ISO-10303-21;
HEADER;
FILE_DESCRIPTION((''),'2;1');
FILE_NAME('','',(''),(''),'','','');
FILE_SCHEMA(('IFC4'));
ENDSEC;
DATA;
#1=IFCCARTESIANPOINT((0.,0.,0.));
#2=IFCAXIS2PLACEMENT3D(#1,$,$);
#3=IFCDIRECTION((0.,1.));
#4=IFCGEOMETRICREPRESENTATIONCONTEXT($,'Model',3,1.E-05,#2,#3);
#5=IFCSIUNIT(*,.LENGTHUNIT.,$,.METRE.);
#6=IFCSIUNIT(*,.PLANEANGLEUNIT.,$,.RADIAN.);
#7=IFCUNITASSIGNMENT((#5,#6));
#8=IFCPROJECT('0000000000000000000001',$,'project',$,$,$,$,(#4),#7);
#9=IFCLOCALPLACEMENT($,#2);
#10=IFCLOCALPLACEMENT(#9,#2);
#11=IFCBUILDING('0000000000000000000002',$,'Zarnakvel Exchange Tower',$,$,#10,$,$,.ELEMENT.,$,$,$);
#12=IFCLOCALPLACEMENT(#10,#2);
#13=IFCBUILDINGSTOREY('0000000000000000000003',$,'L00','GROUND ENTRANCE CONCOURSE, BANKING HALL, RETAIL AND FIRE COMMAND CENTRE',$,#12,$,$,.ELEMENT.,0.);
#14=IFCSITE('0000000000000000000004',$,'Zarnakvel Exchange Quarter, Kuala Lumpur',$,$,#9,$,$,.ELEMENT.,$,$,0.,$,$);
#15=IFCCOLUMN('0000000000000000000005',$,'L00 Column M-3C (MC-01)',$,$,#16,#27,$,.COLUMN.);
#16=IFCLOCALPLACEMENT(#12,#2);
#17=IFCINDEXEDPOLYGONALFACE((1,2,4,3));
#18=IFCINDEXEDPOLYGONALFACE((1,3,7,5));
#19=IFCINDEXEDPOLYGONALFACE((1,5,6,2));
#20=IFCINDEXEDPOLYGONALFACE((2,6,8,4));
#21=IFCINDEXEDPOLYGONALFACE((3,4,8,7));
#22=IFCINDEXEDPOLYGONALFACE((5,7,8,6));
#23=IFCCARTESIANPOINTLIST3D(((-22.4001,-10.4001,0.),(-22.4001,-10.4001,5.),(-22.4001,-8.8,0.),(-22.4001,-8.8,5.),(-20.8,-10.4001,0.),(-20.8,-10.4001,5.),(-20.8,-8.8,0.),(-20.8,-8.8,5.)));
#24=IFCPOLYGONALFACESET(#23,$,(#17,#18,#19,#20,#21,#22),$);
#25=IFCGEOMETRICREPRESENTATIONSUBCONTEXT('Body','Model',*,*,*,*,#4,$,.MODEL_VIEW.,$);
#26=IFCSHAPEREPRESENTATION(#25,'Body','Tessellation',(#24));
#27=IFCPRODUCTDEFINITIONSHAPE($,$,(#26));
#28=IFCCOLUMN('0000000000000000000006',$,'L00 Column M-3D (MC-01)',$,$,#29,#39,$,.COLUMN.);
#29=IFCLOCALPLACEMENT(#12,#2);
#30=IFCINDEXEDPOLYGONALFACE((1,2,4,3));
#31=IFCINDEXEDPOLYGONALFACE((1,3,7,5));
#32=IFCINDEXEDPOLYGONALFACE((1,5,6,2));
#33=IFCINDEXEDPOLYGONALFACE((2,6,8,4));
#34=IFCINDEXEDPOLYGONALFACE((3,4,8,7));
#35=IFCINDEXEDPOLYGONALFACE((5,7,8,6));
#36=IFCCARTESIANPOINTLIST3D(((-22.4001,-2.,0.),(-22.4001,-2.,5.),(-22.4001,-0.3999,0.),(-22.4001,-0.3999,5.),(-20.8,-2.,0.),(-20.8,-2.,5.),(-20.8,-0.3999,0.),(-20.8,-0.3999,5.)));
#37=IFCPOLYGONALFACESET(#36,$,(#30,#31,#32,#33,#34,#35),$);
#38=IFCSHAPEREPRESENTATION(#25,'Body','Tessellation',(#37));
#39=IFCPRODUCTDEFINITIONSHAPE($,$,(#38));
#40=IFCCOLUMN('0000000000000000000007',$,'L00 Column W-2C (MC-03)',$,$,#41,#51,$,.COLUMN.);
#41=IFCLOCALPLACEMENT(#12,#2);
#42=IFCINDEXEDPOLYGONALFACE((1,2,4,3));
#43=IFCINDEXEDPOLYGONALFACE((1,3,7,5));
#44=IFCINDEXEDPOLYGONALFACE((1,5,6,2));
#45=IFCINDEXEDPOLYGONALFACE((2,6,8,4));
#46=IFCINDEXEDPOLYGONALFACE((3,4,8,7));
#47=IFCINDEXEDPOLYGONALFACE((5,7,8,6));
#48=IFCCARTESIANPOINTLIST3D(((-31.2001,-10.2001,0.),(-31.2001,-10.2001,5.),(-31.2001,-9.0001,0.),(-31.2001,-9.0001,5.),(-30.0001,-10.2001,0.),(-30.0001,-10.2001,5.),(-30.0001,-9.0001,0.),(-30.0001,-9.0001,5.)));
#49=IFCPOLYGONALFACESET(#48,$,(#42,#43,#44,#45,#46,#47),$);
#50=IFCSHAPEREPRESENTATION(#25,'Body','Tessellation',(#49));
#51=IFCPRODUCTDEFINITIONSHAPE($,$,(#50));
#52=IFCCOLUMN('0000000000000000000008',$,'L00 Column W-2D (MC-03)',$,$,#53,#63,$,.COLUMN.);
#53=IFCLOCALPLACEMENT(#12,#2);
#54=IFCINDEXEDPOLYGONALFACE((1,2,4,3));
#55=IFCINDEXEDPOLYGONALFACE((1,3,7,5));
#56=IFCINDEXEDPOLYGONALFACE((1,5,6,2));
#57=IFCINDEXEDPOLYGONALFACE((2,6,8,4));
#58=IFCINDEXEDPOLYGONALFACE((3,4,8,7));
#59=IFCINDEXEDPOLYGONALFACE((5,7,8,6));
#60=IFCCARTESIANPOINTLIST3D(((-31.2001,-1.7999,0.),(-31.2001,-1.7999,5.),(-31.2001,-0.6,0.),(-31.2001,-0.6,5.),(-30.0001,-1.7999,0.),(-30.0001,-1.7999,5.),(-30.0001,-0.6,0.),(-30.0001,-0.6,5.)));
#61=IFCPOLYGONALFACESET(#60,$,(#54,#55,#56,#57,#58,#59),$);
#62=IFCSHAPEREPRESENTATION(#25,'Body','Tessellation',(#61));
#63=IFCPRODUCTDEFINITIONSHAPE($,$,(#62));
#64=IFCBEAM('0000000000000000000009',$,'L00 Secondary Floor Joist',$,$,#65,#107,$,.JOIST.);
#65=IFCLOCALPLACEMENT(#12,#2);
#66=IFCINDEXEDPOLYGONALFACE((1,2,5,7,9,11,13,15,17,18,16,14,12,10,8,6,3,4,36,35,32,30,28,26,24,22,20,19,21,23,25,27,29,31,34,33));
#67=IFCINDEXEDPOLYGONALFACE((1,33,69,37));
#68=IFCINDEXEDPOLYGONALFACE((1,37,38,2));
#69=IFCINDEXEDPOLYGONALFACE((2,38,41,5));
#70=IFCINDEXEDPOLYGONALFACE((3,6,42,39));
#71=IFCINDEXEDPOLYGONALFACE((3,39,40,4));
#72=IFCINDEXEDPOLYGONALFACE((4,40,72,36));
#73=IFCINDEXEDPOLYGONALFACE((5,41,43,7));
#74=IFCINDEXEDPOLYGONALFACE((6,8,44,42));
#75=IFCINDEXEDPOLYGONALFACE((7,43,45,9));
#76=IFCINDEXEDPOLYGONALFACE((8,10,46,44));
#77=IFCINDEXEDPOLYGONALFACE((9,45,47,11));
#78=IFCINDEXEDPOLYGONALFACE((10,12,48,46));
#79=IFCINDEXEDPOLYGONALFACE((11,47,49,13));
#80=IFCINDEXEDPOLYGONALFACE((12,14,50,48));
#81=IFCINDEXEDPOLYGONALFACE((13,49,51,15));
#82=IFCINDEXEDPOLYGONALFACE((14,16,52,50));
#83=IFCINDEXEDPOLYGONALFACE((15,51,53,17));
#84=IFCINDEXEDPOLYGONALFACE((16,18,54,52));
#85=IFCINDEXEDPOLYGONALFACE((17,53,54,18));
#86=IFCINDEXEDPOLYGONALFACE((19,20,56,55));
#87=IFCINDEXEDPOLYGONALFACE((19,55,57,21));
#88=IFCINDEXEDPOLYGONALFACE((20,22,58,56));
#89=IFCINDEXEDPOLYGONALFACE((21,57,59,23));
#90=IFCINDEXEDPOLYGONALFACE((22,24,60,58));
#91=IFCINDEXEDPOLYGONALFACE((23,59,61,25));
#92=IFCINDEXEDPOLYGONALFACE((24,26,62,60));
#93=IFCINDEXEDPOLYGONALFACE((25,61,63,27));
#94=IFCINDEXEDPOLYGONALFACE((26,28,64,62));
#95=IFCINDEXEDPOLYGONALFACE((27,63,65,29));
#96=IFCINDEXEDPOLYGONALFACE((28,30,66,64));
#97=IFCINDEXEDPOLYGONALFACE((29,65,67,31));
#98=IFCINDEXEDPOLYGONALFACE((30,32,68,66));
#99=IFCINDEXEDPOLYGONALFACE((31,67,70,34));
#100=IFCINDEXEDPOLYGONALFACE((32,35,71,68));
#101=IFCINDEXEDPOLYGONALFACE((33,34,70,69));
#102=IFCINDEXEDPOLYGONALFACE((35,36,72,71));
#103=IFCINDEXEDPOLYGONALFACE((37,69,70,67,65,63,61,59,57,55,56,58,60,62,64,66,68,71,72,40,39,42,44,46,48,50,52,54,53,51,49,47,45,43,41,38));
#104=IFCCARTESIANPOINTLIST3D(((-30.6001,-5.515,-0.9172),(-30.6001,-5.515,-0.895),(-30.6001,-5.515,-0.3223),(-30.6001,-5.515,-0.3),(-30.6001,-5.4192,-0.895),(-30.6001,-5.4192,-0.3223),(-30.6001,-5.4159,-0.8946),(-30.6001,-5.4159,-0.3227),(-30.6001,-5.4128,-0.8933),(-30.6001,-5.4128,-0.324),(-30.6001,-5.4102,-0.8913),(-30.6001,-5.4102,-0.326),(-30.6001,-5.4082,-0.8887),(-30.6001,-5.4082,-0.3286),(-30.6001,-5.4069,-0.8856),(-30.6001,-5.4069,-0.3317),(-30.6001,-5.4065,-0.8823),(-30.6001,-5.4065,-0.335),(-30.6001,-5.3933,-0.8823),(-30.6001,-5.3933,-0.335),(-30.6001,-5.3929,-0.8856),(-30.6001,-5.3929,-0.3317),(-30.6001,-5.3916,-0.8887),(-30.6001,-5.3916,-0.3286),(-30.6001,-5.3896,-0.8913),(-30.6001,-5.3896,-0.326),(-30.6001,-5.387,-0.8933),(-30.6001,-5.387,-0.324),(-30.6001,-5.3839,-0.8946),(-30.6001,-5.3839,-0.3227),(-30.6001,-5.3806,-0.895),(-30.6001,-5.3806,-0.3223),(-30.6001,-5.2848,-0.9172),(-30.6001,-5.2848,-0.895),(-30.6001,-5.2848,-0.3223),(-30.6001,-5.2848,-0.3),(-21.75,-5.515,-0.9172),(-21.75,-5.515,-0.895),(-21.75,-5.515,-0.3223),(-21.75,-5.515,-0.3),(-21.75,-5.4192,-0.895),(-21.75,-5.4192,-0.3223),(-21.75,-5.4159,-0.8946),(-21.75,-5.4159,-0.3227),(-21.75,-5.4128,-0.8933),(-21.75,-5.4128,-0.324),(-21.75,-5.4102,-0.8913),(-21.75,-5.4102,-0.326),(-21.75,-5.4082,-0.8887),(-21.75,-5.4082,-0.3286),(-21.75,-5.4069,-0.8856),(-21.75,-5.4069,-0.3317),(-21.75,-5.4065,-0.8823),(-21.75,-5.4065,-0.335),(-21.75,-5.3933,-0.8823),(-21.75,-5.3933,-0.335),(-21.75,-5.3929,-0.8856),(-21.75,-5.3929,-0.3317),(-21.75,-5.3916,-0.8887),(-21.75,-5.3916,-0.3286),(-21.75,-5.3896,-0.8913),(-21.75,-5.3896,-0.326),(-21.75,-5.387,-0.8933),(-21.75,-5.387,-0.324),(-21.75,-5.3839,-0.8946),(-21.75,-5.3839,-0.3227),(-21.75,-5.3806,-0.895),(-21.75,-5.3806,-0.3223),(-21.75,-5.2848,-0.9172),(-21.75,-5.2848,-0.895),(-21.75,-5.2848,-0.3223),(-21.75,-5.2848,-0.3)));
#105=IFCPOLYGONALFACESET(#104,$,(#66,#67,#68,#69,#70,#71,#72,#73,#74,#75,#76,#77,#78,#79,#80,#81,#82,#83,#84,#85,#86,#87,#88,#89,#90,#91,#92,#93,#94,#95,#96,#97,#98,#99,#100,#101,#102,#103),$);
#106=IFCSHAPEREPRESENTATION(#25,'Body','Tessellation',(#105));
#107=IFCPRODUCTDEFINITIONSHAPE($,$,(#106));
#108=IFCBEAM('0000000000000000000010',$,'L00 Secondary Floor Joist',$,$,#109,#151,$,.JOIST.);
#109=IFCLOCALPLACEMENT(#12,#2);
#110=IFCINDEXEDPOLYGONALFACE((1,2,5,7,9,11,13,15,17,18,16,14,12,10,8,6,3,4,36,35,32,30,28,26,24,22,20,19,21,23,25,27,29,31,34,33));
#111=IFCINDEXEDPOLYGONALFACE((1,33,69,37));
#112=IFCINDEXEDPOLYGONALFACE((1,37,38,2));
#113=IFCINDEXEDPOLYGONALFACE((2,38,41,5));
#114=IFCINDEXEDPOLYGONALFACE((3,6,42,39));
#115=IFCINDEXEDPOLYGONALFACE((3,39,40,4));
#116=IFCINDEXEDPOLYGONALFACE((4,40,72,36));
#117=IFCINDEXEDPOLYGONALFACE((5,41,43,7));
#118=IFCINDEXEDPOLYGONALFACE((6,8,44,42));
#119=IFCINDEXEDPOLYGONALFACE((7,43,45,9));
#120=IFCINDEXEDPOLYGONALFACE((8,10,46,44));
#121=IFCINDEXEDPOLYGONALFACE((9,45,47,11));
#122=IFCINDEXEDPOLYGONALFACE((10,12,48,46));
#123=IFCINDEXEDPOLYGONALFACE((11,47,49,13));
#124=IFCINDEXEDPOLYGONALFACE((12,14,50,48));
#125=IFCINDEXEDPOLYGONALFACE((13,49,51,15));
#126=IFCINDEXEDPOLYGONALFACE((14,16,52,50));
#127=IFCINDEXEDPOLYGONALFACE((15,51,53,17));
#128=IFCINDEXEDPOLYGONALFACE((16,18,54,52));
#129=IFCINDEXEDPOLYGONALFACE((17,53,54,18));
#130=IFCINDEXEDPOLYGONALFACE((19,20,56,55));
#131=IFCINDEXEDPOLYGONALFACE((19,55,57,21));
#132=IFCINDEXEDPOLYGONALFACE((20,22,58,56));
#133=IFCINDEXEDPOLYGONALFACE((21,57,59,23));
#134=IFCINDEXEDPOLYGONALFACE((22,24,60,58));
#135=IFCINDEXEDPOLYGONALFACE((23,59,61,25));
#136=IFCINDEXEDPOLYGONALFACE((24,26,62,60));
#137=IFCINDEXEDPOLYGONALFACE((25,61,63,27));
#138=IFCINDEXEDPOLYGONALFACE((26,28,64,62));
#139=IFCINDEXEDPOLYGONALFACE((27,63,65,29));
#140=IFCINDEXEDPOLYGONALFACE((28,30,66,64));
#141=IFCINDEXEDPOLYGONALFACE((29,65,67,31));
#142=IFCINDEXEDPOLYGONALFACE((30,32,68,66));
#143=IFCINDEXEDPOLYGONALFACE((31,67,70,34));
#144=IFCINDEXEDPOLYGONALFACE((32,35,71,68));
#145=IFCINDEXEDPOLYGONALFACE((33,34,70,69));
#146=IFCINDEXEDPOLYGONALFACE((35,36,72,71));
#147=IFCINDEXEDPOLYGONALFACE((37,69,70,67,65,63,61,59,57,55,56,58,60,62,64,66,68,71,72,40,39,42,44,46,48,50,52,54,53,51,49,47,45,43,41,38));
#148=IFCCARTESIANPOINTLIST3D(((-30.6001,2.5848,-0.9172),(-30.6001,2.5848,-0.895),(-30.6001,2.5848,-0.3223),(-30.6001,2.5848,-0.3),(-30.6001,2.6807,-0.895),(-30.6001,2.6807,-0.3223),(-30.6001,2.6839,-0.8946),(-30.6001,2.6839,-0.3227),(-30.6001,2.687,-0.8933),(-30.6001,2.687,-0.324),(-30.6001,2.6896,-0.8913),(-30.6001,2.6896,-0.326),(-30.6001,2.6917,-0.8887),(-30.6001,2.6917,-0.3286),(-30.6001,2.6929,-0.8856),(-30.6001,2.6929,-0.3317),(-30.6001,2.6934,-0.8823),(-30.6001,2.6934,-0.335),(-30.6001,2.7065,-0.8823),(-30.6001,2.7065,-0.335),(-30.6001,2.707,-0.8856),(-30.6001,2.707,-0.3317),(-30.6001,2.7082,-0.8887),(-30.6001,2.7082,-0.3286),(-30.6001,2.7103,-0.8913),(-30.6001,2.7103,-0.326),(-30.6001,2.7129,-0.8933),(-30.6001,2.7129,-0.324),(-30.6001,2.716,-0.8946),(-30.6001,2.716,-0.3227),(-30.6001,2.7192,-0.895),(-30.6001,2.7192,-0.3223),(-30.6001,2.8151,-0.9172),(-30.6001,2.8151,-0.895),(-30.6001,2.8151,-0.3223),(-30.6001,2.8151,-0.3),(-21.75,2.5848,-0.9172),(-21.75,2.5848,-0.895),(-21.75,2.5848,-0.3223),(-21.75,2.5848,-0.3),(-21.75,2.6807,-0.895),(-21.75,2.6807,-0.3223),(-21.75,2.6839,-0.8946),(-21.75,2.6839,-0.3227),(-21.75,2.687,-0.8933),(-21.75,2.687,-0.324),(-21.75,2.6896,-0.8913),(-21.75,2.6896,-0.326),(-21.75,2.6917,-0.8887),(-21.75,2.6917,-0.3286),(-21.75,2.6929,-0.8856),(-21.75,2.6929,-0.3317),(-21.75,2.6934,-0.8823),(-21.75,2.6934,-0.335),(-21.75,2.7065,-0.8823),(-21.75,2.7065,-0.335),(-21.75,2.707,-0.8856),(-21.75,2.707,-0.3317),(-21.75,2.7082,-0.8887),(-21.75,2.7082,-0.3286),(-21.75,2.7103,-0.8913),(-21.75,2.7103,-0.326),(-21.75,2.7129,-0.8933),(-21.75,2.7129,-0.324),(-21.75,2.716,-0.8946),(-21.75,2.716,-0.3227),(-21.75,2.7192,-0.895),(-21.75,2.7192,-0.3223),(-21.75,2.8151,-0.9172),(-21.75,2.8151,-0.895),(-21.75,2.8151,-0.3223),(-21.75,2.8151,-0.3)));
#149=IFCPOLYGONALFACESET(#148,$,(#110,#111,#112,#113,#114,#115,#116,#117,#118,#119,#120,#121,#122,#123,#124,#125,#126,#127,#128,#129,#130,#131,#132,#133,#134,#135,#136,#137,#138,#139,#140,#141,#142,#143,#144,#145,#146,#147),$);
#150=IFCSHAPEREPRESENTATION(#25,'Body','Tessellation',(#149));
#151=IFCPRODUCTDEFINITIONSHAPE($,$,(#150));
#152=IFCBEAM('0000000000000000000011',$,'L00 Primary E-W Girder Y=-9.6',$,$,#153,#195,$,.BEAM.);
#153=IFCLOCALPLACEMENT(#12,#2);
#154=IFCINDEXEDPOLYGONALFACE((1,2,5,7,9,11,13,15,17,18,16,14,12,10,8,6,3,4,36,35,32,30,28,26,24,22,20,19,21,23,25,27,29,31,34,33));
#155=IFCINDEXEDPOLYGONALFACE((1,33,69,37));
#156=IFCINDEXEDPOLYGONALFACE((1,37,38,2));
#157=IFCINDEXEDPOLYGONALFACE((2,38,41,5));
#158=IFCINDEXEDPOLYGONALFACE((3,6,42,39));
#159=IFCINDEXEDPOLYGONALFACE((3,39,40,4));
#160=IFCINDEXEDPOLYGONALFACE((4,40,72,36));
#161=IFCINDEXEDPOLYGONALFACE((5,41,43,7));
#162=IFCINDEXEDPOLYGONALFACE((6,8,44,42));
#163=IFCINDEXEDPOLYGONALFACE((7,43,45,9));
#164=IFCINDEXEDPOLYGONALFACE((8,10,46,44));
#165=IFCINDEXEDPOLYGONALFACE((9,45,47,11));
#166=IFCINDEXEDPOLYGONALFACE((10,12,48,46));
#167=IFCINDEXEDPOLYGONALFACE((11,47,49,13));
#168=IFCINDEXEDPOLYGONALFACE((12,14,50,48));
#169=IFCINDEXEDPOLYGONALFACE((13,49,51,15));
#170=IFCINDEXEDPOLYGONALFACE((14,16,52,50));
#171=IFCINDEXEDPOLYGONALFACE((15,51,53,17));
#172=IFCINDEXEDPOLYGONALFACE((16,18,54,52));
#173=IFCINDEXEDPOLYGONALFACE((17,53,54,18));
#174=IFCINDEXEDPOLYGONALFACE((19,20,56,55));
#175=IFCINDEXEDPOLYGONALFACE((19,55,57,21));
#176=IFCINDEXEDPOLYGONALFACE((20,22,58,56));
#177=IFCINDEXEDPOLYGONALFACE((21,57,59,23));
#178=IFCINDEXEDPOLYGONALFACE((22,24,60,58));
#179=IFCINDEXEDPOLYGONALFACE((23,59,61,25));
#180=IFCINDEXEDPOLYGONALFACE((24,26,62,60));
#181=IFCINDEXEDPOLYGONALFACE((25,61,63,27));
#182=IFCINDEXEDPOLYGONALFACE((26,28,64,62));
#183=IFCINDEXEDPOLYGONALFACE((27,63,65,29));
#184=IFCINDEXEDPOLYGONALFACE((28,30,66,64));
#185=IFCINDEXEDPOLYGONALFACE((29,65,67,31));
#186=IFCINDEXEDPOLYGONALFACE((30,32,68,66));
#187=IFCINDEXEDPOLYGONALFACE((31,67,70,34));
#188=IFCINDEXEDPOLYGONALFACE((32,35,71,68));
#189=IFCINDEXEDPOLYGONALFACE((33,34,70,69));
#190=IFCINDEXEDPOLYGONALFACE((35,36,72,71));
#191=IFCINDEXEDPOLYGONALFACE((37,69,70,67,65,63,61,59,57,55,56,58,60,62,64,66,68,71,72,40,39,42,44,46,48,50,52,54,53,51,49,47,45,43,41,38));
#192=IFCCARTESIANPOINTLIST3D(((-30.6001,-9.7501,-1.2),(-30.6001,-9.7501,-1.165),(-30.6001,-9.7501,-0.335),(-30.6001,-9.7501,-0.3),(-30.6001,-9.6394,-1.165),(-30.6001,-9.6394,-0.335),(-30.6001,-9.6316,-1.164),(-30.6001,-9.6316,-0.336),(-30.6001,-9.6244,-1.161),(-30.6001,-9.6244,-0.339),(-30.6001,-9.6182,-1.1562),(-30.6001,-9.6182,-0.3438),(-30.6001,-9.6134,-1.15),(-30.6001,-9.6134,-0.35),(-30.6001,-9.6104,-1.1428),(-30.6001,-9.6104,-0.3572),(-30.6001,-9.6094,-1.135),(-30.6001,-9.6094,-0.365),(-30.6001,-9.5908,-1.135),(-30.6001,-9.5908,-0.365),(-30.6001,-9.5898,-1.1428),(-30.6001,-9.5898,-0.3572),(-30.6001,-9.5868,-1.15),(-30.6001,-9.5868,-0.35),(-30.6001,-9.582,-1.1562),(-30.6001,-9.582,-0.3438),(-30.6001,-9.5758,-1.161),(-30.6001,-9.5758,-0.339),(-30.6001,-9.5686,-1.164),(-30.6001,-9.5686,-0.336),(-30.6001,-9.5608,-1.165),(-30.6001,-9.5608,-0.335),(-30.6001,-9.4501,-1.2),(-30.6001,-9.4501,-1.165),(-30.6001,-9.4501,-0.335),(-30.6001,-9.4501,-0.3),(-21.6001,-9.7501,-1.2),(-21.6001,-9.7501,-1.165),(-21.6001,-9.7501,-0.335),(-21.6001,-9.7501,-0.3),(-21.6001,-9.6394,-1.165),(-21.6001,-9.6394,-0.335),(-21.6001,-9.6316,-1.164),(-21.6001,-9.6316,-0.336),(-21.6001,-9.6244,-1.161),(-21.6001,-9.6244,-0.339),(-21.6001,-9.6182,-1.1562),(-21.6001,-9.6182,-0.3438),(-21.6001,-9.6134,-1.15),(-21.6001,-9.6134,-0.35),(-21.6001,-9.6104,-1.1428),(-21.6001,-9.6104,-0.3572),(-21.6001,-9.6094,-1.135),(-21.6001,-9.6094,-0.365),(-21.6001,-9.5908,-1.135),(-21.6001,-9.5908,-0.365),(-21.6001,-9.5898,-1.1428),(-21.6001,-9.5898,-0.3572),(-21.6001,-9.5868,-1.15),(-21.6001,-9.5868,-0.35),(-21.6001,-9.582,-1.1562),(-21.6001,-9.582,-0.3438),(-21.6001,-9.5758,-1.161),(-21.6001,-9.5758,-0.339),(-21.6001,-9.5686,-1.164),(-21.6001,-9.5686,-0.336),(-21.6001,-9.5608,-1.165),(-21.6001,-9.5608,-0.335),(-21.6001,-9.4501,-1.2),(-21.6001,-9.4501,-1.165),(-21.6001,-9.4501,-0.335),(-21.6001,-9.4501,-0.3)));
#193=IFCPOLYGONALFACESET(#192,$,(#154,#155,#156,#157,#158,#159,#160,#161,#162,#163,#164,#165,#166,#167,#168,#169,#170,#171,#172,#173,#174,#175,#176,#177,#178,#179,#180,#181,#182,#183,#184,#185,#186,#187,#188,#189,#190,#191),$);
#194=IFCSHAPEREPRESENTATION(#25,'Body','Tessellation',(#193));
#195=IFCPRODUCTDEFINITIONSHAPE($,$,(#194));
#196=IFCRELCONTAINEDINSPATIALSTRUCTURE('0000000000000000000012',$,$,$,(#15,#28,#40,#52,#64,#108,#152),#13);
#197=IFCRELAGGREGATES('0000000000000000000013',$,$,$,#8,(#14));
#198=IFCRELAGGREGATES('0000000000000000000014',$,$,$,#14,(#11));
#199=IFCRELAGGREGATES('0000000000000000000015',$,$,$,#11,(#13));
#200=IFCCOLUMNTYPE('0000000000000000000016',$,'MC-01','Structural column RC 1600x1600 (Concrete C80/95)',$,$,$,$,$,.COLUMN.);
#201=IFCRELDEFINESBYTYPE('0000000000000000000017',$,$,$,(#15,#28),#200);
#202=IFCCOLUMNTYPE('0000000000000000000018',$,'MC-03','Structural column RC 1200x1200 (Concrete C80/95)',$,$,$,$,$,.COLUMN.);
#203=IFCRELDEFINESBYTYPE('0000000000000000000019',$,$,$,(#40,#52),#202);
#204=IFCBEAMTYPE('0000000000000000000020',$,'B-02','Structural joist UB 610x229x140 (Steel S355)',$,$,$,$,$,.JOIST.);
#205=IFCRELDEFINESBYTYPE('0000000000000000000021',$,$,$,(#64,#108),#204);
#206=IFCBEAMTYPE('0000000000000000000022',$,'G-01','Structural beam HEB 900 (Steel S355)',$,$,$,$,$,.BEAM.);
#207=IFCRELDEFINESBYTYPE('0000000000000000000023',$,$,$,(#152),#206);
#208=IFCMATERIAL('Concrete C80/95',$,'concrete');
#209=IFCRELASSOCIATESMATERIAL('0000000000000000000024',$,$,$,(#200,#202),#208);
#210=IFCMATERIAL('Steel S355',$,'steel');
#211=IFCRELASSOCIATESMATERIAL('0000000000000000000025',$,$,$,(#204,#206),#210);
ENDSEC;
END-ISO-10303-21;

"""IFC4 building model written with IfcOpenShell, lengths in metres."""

from ifc_helpers import new_model, si_unit, direction, frame, origin, origin_2d, place, context, subcontext, project, spatial, rectangle, i_section, extrude, material, material_profile, profile_set, type_object, element, save


model = new_model("IFC4")

# Units and contexts
model_context = context("Model", 3, precision=1e-05, world=origin(), true_north=direction((0.0, 1.0)))
body_context = subcontext(model_context, "Body", "Model", "MODEL_VIEW")
ifc_project = project(units=[si_unit("LENGTHUNIT", "METRE"), si_unit("PLANEANGLEUNIT", "RADIAN")], contexts=[model_context])

# Site, building, storey
site_placement = place(None, origin())
site = spatial("IfcSite", under=ifc_project, at=site_placement, Name="Zarnakvel Exchange Quarter, Kuala Lumpur", CompositionType="ELEMENT", RefElevation=0.0)
building_placement = place(site_placement, origin())
building = spatial("IfcBuilding", under=site, at=building_placement, Name="Zarnakvel Exchange Tower", CompositionType="ELEMENT")
storey_placement = place(building_placement, origin())
storey = spatial("IfcBuildingStorey", under=building, at=storey_placement, Name="L00", Description="GROUND ENTRANCE CONCOURSE, BANKING HALL, RETAIL AND FIRE COMMAND CENTRE", CompositionType="ELEMENT", Elevation=0.0)

# Columns
ifc_material_1 = material(Name="Concrete C80/95", Category="concrete")
ifc_material_profile_1 = material_profile(ifc_material_1, rectangle(XDim=1.6001, YDim=1.6001, at=origin_2d()))
ifc_profile_set_1 = profile_set([ifc_material_profile_1], Name="Concrete C80/95")
column_type_1 = type_object("IfcColumnType", Name="MC-01", Description="Structural column RC 1600x1600 (Concrete C80/95)", PredefinedType="COLUMN", material=ifc_profile_set_1)
for number, where, z_axis, x_axis, name in (
    (1, (-21.6001, -9.6001, 0.0), (0.0, 0.0, 1.0), (1.0, 0.0, 0.0), "L00 Column M-3C (MC-01)"),
    (2, (-21.6001, -1.2, 0.0), (0.0, 0.0, 1.0), (1.0, 0.0, 0.0), "L00 Column M-3D (MC-01)"),
):
    element("IfcColumn", number, at=place(storey_placement, frame(where, z_axis=z_axis, x_axis=x_axis)), inside=storey, type_object=column_type_1, Name=name, PredefinedType="COLUMN", context=body_context, shape_type="SweptSolid", body=[
        extrude(rectangle(XDim=1.6001, YDim=1.6001, at=origin_2d()), origin(), (0.0, 0.0, 1.0), 5.0),
    ])
ifc_material_profile_2 = material_profile(ifc_material_1, rectangle(XDim=1.2, YDim=1.2, at=origin_2d()))
ifc_profile_set_2 = profile_set([ifc_material_profile_2], Name="Concrete C80/95")
column_type_2 = type_object("IfcColumnType", Name="MC-03", Description="Structural column RC 1200x1200 (Concrete C80/95)", PredefinedType="COLUMN", material=ifc_profile_set_2)
for number, where, z_axis, x_axis, name in (
    (3, (-30.6001, -9.6001, 0.0), (0.0, 0.0, 1.0), (1.0, 0.0, 0.0), "L00 Column W-2C (MC-03)"),
    (4, (-30.6001, -1.2, 0.0), (0.0, 0.0, 1.0), (1.0, 0.0, 0.0), "L00 Column W-2D (MC-03)"),
):
    element("IfcColumn", number, at=place(storey_placement, frame(where, z_axis=z_axis, x_axis=x_axis)), inside=storey, type_object=column_type_2, Name=name, PredefinedType="COLUMN", context=body_context, shape_type="SweptSolid", body=[
        extrude(rectangle(XDim=1.2, YDim=1.2, at=origin_2d()), origin(), (0.0, 0.0, 1.0), 5.0),
    ])

# Beams
ifc_material_2 = material(Name="Steel S355", Category="steel")
ifc_material_profile_3 = material_profile(ifc_material_2, i_section(OverallWidth=0.2302, OverallDepth=0.6172, WebThickness=0.0132, FlangeThickness=0.0222, FilletRadius=0.0127, at=origin_2d()))
ifc_profile_set_3 = profile_set([ifc_material_profile_3], Name="Steel S355")
beam_type_1 = type_object("IfcBeamType", Name="B-02", Description="Structural joist UB 610x229x140 (Steel S355)", PredefinedType="JOIST", material=ifc_profile_set_3)
for number, where, z_axis, x_axis, name in (
    (5, (-30.6001, -5.3999, -0.6086), (1.0, 0.0, 0.0), (0.0, 1.0, 0.0), "L00 Secondary Floor Joist"),
    (6, (-30.6001, 2.7, -0.6086), (1.0, 0.0, 0.0), (0.0, 1.0, 0.0), "L00 Secondary Floor Joist"),
):
    element("IfcBeam", number, at=place(storey_placement, frame(where, z_axis=z_axis, x_axis=x_axis)), inside=storey, type_object=beam_type_1, Name=name, PredefinedType="JOIST", context=body_context, shape_type="SweptSolid", body=[
        extrude(i_section(OverallWidth=0.2302, OverallDepth=0.6172, WebThickness=0.0132, FlangeThickness=0.0222, FilletRadius=0.0127, at=origin_2d()), origin(), (0.0, 0.0, 1.0), 8.8501),
    ])
ifc_material_profile_4 = material_profile(ifc_material_2, i_section(OverallWidth=0.3, OverallDepth=0.8999, WebThickness=0.0186, FlangeThickness=0.0349, FilletRadius=0.03, at=origin_2d()))
ifc_profile_set_4 = profile_set([ifc_material_profile_4], Name="Steel S355")
beam_type_2 = type_object("IfcBeamType", Name="G-01", Description="Structural beam HEB 900 (Steel S355)", PredefinedType="BEAM", material=ifc_profile_set_4)
for number, where, z_axis, x_axis, name in (
    (7, (-30.6001, -9.6001, -0.75), (1.0, 0.0, 0.0), (0.0, 1.0, 0.0), "L00 Primary E-W Girder Y=-9.6"),
):
    element("IfcBeam", number, at=place(storey_placement, frame(where, z_axis=z_axis, x_axis=x_axis)), inside=storey, type_object=beam_type_2, Name=name, PredefinedType="BEAM", context=body_context, shape_type="SweptSolid", body=[
        extrude(i_section(OverallWidth=0.3, OverallDepth=0.8999, WebThickness=0.0186, FlangeThickness=0.0349, FilletRadius=0.03, at=origin_2d()), origin(), (0.0, 0.0, 1.0), 9.0),
    ])

save(model, "model.ifc")
